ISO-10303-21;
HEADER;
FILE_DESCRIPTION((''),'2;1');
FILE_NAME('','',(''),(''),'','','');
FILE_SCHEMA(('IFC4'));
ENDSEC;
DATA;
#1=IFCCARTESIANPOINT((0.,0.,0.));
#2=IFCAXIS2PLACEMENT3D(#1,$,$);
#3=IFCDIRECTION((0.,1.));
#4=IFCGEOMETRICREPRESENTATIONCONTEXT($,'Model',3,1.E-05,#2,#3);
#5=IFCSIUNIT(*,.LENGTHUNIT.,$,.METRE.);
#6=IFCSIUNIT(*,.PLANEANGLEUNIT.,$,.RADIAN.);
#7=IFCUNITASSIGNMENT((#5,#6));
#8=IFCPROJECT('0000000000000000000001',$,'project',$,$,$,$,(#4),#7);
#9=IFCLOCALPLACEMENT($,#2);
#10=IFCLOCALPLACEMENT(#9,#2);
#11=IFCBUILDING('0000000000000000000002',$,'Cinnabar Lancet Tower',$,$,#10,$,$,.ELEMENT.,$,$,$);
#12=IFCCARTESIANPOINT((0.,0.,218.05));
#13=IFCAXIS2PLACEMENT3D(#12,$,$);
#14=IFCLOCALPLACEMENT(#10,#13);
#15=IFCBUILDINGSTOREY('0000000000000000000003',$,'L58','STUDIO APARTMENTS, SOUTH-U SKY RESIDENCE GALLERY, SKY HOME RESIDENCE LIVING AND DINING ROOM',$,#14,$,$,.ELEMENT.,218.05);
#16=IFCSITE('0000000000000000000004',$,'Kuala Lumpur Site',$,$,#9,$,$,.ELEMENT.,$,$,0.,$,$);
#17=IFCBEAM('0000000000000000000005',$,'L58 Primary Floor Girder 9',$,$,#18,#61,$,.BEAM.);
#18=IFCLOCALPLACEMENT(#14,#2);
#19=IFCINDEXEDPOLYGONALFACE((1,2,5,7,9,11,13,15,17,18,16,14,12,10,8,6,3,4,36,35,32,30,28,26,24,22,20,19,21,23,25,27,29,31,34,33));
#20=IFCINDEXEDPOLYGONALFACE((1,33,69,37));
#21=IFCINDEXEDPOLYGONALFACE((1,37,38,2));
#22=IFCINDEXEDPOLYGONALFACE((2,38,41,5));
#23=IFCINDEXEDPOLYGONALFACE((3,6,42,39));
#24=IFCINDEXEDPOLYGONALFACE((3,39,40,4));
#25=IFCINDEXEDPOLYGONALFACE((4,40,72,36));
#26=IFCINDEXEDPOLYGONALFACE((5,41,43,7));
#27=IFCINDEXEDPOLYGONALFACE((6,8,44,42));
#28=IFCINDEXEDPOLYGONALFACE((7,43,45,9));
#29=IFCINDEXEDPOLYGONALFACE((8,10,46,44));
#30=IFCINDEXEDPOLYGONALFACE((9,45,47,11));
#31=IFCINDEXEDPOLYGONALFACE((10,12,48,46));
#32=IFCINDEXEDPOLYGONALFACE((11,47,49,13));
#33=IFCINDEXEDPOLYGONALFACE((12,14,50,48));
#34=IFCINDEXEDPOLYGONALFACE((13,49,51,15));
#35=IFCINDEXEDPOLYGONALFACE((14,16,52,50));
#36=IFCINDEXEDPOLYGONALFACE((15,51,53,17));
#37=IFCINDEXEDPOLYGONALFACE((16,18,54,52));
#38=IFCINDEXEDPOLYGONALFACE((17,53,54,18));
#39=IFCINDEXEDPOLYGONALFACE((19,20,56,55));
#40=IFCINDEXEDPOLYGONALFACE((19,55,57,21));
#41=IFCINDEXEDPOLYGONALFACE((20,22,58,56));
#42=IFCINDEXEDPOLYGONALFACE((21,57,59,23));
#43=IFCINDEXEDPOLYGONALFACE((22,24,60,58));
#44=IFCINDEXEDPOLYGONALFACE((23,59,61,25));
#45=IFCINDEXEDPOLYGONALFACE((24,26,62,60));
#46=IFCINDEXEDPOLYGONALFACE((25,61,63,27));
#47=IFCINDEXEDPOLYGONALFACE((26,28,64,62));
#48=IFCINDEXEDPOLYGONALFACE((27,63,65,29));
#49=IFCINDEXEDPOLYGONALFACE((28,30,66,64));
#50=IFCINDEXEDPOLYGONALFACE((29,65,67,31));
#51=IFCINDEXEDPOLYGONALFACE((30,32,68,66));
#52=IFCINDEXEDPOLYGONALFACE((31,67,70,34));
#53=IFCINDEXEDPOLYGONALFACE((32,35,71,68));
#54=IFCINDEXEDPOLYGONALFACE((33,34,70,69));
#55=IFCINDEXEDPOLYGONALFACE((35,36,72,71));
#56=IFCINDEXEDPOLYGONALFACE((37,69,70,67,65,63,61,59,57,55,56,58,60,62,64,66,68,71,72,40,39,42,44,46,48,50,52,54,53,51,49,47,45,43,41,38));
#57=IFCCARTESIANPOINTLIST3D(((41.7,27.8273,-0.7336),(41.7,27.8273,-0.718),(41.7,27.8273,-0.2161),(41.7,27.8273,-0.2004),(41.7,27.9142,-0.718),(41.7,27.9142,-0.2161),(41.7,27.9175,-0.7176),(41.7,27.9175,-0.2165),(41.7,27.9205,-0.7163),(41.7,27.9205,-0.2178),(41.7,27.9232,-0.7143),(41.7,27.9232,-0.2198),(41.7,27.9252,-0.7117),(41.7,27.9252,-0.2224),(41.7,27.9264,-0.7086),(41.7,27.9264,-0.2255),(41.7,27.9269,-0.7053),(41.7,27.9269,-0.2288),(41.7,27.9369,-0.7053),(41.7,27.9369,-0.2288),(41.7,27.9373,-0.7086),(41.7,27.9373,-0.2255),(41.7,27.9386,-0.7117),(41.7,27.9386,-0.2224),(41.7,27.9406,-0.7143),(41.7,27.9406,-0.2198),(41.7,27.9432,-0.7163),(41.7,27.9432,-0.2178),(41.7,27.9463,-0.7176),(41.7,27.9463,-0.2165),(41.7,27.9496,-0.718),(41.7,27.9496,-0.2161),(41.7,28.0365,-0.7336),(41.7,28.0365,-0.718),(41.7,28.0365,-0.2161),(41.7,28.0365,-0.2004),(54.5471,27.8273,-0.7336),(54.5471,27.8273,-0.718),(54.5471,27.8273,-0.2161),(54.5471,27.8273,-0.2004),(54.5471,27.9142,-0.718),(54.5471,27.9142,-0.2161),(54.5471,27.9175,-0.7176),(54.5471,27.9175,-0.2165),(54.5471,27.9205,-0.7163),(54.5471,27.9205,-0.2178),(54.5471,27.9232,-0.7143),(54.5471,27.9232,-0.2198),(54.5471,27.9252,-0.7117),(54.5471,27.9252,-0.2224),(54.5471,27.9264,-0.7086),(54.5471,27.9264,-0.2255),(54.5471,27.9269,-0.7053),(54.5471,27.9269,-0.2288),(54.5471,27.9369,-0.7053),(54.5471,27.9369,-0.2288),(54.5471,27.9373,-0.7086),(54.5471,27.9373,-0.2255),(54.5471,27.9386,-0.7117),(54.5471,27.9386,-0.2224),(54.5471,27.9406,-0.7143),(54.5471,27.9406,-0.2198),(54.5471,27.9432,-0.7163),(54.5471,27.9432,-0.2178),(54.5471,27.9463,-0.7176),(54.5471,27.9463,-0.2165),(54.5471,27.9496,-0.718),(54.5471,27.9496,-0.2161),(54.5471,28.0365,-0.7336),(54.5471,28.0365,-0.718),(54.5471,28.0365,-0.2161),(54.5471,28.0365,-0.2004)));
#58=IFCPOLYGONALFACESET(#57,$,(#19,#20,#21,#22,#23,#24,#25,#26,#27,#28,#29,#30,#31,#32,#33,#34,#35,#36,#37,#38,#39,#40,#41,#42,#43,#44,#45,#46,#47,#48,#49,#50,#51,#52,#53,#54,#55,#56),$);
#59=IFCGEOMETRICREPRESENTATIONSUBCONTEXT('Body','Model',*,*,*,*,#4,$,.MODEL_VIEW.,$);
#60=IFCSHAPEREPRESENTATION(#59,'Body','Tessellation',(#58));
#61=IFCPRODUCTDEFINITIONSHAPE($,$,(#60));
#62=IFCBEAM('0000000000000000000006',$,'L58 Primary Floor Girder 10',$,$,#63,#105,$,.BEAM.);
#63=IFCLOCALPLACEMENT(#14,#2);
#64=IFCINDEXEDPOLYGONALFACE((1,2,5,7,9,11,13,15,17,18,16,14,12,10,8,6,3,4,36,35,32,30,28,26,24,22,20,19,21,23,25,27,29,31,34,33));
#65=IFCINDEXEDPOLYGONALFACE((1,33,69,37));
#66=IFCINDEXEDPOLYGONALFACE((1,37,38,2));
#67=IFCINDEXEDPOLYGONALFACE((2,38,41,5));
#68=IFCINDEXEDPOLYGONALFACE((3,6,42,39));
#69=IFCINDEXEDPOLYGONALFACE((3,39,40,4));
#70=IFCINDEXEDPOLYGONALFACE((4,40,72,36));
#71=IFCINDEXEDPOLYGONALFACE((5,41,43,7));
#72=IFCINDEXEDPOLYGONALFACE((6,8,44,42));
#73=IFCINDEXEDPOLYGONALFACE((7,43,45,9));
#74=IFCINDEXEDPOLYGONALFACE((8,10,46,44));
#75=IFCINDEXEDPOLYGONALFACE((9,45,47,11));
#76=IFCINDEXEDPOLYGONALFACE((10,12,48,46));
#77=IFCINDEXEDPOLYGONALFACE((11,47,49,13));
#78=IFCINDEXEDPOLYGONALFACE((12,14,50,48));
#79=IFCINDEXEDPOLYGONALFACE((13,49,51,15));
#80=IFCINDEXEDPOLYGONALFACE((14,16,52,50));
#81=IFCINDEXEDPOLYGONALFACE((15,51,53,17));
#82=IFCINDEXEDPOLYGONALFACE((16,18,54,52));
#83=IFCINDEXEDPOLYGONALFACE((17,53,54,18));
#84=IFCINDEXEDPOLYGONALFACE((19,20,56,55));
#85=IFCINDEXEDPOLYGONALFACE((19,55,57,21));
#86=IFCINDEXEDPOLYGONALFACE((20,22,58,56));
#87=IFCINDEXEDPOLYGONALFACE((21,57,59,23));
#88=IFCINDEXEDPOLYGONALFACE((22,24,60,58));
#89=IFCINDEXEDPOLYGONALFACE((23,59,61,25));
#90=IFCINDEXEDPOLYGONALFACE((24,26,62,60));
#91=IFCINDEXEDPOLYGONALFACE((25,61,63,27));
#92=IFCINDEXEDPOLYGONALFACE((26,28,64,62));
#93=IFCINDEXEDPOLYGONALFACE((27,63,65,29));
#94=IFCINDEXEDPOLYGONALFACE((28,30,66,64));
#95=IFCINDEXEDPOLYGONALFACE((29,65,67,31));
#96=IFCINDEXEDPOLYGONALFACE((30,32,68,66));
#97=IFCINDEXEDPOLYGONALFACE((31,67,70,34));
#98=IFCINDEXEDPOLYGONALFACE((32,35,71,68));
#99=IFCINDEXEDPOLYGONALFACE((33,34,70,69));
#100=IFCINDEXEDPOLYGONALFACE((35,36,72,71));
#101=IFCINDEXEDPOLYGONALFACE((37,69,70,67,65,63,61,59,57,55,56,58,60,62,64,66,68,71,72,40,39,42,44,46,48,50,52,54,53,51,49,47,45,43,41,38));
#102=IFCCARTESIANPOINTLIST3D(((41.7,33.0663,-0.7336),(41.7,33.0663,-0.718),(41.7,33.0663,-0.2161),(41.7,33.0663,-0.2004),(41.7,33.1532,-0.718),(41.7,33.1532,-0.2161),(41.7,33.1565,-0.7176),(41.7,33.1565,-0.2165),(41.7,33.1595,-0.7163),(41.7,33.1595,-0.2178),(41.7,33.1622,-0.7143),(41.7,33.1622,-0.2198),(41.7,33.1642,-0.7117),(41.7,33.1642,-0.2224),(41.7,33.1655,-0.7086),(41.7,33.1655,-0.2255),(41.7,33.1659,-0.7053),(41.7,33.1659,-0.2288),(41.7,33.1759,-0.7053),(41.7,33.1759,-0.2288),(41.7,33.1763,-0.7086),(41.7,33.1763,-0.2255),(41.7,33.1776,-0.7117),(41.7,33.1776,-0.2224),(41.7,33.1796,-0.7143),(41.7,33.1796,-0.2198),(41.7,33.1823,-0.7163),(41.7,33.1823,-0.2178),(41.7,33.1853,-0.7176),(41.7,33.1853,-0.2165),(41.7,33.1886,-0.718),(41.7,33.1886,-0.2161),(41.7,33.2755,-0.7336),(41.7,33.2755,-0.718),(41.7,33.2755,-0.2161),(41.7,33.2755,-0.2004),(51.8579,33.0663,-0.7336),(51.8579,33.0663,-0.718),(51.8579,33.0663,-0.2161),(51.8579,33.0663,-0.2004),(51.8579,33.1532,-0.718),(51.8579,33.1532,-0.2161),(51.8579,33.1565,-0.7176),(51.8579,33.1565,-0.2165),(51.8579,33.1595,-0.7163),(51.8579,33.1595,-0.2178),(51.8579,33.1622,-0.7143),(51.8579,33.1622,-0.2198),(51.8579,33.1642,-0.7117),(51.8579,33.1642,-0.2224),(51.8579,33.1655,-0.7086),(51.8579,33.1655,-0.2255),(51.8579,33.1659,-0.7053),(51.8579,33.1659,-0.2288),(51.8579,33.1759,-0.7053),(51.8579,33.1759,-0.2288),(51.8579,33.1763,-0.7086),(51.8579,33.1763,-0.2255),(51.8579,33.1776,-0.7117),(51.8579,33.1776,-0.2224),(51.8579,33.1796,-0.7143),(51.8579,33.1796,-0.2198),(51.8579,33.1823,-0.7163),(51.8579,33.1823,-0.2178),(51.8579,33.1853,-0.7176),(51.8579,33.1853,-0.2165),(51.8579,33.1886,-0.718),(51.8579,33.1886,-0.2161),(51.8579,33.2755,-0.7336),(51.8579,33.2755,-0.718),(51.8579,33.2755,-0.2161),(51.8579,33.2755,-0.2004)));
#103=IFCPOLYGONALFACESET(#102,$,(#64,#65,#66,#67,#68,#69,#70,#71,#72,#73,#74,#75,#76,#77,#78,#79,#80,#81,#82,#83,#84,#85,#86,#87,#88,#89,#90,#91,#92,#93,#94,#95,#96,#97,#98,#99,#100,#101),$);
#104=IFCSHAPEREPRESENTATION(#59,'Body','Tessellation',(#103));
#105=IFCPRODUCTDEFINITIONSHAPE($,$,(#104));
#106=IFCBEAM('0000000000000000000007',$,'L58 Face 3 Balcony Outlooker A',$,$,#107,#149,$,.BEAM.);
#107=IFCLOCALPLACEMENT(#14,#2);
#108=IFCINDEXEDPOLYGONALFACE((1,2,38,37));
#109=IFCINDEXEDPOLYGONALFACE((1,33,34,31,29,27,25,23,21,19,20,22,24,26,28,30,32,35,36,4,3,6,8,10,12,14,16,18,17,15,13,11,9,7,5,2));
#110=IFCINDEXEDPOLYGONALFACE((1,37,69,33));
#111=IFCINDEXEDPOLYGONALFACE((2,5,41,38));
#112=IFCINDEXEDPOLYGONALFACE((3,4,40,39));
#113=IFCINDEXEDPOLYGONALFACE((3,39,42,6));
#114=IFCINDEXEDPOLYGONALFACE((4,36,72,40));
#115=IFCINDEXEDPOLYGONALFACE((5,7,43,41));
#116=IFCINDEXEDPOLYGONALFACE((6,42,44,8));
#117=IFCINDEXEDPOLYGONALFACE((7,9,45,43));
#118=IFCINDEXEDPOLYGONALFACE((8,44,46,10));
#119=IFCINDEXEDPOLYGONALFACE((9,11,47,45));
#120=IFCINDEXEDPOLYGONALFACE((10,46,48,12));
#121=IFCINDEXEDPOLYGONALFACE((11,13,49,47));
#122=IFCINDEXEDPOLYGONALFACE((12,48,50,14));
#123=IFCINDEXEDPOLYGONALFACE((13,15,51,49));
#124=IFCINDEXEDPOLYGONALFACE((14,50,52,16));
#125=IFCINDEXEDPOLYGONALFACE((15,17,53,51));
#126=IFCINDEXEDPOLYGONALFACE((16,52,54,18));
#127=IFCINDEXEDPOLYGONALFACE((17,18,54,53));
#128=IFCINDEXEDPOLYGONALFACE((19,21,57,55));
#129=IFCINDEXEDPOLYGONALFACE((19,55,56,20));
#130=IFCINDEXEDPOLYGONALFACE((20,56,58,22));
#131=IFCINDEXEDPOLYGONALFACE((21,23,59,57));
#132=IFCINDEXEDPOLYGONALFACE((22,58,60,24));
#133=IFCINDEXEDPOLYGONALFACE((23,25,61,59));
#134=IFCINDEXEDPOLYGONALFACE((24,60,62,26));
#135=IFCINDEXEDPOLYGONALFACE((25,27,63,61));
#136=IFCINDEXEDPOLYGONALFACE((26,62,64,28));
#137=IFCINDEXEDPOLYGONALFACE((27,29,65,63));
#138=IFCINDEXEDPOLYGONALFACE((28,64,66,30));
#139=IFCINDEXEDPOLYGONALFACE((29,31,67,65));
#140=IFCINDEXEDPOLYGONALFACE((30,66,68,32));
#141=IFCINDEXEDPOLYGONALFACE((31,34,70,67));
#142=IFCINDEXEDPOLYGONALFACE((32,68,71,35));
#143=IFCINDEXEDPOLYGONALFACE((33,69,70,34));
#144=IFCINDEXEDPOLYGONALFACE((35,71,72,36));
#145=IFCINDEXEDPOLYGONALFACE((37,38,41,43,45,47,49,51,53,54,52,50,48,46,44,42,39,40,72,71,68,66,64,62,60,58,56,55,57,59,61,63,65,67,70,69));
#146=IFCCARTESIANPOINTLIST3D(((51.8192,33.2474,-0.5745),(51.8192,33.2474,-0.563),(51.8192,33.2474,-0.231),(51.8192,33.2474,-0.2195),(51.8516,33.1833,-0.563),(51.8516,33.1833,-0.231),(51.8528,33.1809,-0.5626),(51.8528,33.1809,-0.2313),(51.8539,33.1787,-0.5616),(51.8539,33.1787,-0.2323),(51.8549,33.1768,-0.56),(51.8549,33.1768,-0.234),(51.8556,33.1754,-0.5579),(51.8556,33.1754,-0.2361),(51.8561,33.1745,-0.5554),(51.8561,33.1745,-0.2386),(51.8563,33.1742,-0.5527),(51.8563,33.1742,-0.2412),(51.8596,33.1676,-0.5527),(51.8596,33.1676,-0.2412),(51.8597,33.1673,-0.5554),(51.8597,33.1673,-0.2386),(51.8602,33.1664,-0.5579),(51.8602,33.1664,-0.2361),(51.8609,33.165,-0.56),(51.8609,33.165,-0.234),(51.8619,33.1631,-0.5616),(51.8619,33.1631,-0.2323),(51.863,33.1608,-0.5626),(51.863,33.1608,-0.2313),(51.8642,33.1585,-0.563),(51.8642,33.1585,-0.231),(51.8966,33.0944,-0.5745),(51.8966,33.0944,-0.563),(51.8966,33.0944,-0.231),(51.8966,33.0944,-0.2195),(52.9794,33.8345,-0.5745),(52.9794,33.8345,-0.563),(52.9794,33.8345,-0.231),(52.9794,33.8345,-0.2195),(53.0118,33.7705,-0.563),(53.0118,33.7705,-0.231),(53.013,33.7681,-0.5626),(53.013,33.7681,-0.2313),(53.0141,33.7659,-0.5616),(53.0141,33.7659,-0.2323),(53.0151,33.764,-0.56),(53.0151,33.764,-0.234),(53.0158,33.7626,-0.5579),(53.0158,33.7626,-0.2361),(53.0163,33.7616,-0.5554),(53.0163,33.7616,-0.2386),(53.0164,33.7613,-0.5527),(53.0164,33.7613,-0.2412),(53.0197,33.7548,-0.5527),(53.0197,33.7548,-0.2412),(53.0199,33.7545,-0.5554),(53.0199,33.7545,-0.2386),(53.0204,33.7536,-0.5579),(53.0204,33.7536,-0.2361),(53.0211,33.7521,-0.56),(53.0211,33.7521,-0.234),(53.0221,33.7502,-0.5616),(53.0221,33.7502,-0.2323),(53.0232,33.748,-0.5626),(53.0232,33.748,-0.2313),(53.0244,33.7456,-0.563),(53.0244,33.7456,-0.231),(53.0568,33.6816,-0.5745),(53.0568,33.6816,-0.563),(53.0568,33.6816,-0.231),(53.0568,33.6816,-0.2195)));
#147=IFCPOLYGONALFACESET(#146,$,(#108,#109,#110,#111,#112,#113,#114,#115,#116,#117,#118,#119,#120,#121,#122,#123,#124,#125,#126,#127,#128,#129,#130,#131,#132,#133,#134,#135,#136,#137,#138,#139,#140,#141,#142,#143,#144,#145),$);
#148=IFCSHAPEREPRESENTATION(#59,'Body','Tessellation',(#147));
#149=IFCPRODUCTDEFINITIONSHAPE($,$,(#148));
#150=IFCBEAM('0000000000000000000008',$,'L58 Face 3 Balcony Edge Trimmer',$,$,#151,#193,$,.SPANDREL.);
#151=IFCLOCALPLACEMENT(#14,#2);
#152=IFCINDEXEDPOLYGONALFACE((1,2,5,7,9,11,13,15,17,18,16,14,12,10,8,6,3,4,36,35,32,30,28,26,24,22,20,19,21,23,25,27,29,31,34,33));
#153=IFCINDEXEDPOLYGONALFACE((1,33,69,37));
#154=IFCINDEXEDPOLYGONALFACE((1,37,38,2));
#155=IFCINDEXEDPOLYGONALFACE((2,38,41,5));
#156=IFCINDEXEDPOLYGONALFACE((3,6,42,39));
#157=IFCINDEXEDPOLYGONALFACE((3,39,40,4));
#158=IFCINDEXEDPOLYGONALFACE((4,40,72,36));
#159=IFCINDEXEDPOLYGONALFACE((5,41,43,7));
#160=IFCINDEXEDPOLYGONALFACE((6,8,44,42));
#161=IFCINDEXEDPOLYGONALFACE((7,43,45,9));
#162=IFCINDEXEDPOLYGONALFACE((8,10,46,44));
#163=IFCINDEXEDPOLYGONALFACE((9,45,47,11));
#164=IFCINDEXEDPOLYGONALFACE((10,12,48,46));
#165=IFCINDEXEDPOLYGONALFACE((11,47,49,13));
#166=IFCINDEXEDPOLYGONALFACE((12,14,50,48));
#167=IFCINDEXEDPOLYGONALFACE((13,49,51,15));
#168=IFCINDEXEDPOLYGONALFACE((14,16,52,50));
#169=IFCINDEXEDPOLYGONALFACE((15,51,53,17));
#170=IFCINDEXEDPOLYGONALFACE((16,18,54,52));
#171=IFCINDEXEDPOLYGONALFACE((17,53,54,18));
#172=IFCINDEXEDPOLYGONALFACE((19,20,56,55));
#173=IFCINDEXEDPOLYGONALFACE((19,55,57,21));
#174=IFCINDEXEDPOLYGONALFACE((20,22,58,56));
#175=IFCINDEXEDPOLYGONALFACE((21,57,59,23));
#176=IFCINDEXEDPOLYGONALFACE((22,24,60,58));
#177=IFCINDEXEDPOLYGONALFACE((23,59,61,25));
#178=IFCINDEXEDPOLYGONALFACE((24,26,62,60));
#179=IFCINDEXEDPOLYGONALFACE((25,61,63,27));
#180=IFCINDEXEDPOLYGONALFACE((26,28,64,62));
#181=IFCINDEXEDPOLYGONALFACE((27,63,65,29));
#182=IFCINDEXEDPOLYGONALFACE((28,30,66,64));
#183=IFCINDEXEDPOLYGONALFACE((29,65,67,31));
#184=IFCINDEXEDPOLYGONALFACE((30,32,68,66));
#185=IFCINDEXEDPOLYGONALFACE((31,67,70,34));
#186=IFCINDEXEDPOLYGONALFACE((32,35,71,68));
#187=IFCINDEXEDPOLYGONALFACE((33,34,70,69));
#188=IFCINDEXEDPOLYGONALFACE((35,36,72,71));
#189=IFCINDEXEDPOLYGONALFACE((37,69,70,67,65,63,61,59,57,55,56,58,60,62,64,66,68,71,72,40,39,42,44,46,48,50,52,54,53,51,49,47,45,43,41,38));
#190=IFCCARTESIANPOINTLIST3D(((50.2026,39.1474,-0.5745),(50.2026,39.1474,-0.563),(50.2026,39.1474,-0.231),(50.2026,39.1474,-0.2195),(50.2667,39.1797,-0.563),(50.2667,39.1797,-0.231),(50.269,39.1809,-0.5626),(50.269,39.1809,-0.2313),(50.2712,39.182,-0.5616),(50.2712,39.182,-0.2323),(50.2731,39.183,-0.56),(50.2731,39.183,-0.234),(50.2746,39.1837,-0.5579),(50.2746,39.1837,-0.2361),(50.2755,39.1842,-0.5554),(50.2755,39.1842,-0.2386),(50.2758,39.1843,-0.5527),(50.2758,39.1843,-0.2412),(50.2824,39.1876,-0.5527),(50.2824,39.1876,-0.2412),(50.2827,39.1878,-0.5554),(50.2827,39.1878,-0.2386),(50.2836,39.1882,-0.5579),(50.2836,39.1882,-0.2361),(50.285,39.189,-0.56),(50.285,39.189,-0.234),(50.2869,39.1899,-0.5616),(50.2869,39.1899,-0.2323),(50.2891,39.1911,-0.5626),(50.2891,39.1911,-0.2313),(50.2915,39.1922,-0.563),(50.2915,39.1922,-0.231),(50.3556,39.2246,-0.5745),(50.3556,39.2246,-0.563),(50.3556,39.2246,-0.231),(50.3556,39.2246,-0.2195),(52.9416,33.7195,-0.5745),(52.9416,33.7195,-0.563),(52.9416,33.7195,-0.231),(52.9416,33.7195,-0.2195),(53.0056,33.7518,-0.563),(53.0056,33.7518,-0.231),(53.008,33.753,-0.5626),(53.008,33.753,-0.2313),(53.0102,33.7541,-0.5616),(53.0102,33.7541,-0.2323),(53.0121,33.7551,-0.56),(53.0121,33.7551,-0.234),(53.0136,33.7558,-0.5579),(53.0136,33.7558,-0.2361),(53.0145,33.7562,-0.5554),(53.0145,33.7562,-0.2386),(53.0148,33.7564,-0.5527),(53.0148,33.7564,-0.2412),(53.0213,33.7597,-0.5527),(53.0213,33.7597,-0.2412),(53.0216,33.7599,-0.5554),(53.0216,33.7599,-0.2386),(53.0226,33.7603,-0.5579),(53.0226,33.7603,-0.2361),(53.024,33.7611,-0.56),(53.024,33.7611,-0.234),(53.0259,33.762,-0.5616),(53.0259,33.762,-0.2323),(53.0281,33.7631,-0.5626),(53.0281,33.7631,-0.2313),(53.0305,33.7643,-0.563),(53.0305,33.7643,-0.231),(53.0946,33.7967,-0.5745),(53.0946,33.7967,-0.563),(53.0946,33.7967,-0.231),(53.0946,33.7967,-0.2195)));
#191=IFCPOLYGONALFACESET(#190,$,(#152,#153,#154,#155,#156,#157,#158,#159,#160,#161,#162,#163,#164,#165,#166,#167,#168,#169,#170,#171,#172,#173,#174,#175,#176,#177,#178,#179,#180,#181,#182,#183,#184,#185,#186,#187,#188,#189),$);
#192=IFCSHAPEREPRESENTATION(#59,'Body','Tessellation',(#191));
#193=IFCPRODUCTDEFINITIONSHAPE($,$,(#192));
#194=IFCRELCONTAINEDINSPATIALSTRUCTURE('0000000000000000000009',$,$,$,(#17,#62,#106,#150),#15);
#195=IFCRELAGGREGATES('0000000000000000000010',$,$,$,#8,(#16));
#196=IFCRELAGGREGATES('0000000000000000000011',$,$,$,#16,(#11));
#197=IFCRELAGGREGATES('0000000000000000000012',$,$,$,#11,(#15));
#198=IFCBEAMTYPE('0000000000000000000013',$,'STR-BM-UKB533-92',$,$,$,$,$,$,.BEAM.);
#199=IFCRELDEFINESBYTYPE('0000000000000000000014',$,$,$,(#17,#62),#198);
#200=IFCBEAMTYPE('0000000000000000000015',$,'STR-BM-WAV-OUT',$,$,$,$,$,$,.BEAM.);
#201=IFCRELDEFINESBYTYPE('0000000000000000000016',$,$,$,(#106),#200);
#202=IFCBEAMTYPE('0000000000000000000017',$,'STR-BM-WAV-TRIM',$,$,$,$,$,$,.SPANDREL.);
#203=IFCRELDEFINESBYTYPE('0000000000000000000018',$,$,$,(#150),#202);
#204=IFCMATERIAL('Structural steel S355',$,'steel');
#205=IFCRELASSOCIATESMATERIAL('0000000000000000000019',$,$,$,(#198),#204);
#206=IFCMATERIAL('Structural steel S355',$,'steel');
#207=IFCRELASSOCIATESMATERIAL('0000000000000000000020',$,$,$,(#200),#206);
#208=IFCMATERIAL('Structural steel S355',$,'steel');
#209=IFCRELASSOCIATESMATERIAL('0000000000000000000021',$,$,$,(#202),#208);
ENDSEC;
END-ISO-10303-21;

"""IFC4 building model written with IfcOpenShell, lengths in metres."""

from ifc_helpers import new_model, si_unit, direction, frame, origin, origin_2d, place, context, subcontext, project, spatial, i_section, extrude, material, material_profile, profile_set, type_object, element, save


model = new_model("IFC4")

# Units and contexts
model_context = context("Model", 3, precision=1e-05, world=origin(), true_north=direction((0.0, 1.0)))
body_context = subcontext(model_context, "Body", "Model", "MODEL_VIEW")
ifc_project = project(units=[si_unit("LENGTHUNIT", "METRE"), si_unit("PLANEANGLEUNIT", "RADIAN")], contexts=[model_context])

# Site, building, storey
site_placement = place(None, origin())
site = spatial("IfcSite", under=ifc_project, at=site_placement, Name="Kuala Lumpur Site", CompositionType="ELEMENT", RefElevation=0.0)
building_placement = place(site_placement, origin())
building = spatial("IfcBuilding", under=site, at=building_placement, Name="Cinnabar Lancet Tower", CompositionType="ELEMENT")
storey_placement = place(building_placement, frame((0.0, 0.0, 218.05)))
storey = spatial("IfcBuildingStorey", under=building, at=storey_placement, Name="L58", Description="STUDIO APARTMENTS, SOUTH-U SKY RESIDENCE GALLERY, SKY HOME RESIDENCE LIVING AND DINING ROOM", CompositionType="ELEMENT", Elevation=218.05)

# Beams
ifc_material_1 = material(Name="Structural steel S355", Category="steel")
ifc_material_profile_1 = material_profile(ifc_material_1, i_section(OverallWidth=0.2092, OverallDepth=0.5332, WebThickness=0.01, FlangeThickness=0.0156, FilletRadius=0.0127, at=origin_2d()), Name="UKB 533x210x92")
ifc_profile_set_1 = profile_set([ifc_material_profile_1], Name="Structural steel S355")
beam_type_1 = type_object("IfcBeamType", Name="STR-BM-UKB533-92", PredefinedType="BEAM", material=ifc_profile_set_1)
beam_1_placement = place(storey_placement, frame((54.5471, 27.9319, -0.467), z_axis=(-1.0, 0.0, 0.0), x_axis=(0.0, -1.0, 0.0)))
element("IfcBeam", 1, at=beam_1_placement, inside=storey, type_object=beam_type_1, Name="L58 Primary Floor Girder 9", PredefinedType="BEAM", context=body_context, shape_type="SweptSolid", body=[
    extrude(i_section(OverallWidth=0.2092, OverallDepth=0.5332, WebThickness=0.01, FlangeThickness=0.0156, FilletRadius=0.0127, at=origin_2d()), origin(), (0.0, 0.0, 1.0), 12.8472),
])
beam_2_placement = place(storey_placement, frame((51.8579, 33.1709, -0.467), z_axis=(-1.0, 0.0, 0.0), x_axis=(0.0, -1.0, 0.0)))
element("IfcBeam", 2, at=beam_2_placement, inside=storey, type_object=beam_type_1, Name="L58 Primary Floor Girder 10", PredefinedType="BEAM", context=body_context, shape_type="SweptSolid", body=[
    extrude(i_section(OverallWidth=0.2092, OverallDepth=0.5332, WebThickness=0.01, FlangeThickness=0.0156, FilletRadius=0.0127, at=origin_2d()), origin(), (0.0, 0.0, 1.0), 10.158),
])
ifc_material_2 = material(Name="Structural steel S355", Category="steel")
ifc_material_profile_2 = material_profile(ifc_material_2, i_section(OverallWidth=0.1714, OverallDepth=0.355, WebThickness=0.0073, FlangeThickness=0.0115, FilletRadius=0.0103, at=origin_2d()), Name="UKB 356x171x51")
ifc_profile_set_2 = profile_set([ifc_material_profile_2], Name="Structural steel S355")
beam_type_2 = type_object("IfcBeamType", Name="STR-BM-WAV-OUT", PredefinedType="BEAM", material=ifc_profile_set_2)
beam_3_placement = place(storey_placement, frame((51.8579, 33.1709, -0.397), z_axis=(0.892239, 0.451564, 0.0), x_axis=(-0.451564, 0.892239, 0.0)))
element("IfcBeam", 3, at=beam_3_placement, inside=storey, type_object=beam_type_2, Name="L58 Face 3 Balcony Outlooker A", PredefinedType="BEAM", context=body_context, shape_type="SweptSolid", body=[
    extrude(i_section(OverallWidth=0.1714, OverallDepth=0.355, WebThickness=0.0073, FlangeThickness=0.0115, FilletRadius=0.0103, at=origin_2d()), origin(), (0.0, 0.0, 1.0), 1.3003),
])
ifc_material_3 = material(Name="Structural steel S355", Category="steel")
ifc_material_profile_3 = material_profile(ifc_material_3, i_section(OverallWidth=0.1714, OverallDepth=0.355, WebThickness=0.0073, FlangeThickness=0.0115, FilletRadius=0.0103, at=origin_2d()), Name="UKB 356x171x51")
ifc_profile_set_3 = profile_set([ifc_material_profile_3], Name="Structural steel S355")
beam_type_3 = type_object("IfcBeamType", Name="STR-BM-WAV-TRIM", PredefinedType="SPANDREL", material=ifc_profile_set_3)
beam_4_placement = place(storey_placement, frame((53.0181, 33.7581, -0.397), z_axis=(-0.450503, 0.892775, 0.0), x_axis=(-0.892775, -0.450503, 0.0)))
element("IfcBeam", 4, at=beam_4_placement, inside=storey, type_object=beam_type_3, Name="L58 Face 3 Balcony Edge Trimmer", PredefinedType="SPANDREL", context=body_context, shape_type="SweptSolid", body=[
    extrude(i_section(OverallWidth=0.1714, OverallDepth=0.355, WebThickness=0.0073, FlangeThickness=0.0115, FilletRadius=0.0103, at=origin_2d()), origin(), (0.0, 0.0, 1.0), 6.0798),
])

save(model, "model.ifc")
